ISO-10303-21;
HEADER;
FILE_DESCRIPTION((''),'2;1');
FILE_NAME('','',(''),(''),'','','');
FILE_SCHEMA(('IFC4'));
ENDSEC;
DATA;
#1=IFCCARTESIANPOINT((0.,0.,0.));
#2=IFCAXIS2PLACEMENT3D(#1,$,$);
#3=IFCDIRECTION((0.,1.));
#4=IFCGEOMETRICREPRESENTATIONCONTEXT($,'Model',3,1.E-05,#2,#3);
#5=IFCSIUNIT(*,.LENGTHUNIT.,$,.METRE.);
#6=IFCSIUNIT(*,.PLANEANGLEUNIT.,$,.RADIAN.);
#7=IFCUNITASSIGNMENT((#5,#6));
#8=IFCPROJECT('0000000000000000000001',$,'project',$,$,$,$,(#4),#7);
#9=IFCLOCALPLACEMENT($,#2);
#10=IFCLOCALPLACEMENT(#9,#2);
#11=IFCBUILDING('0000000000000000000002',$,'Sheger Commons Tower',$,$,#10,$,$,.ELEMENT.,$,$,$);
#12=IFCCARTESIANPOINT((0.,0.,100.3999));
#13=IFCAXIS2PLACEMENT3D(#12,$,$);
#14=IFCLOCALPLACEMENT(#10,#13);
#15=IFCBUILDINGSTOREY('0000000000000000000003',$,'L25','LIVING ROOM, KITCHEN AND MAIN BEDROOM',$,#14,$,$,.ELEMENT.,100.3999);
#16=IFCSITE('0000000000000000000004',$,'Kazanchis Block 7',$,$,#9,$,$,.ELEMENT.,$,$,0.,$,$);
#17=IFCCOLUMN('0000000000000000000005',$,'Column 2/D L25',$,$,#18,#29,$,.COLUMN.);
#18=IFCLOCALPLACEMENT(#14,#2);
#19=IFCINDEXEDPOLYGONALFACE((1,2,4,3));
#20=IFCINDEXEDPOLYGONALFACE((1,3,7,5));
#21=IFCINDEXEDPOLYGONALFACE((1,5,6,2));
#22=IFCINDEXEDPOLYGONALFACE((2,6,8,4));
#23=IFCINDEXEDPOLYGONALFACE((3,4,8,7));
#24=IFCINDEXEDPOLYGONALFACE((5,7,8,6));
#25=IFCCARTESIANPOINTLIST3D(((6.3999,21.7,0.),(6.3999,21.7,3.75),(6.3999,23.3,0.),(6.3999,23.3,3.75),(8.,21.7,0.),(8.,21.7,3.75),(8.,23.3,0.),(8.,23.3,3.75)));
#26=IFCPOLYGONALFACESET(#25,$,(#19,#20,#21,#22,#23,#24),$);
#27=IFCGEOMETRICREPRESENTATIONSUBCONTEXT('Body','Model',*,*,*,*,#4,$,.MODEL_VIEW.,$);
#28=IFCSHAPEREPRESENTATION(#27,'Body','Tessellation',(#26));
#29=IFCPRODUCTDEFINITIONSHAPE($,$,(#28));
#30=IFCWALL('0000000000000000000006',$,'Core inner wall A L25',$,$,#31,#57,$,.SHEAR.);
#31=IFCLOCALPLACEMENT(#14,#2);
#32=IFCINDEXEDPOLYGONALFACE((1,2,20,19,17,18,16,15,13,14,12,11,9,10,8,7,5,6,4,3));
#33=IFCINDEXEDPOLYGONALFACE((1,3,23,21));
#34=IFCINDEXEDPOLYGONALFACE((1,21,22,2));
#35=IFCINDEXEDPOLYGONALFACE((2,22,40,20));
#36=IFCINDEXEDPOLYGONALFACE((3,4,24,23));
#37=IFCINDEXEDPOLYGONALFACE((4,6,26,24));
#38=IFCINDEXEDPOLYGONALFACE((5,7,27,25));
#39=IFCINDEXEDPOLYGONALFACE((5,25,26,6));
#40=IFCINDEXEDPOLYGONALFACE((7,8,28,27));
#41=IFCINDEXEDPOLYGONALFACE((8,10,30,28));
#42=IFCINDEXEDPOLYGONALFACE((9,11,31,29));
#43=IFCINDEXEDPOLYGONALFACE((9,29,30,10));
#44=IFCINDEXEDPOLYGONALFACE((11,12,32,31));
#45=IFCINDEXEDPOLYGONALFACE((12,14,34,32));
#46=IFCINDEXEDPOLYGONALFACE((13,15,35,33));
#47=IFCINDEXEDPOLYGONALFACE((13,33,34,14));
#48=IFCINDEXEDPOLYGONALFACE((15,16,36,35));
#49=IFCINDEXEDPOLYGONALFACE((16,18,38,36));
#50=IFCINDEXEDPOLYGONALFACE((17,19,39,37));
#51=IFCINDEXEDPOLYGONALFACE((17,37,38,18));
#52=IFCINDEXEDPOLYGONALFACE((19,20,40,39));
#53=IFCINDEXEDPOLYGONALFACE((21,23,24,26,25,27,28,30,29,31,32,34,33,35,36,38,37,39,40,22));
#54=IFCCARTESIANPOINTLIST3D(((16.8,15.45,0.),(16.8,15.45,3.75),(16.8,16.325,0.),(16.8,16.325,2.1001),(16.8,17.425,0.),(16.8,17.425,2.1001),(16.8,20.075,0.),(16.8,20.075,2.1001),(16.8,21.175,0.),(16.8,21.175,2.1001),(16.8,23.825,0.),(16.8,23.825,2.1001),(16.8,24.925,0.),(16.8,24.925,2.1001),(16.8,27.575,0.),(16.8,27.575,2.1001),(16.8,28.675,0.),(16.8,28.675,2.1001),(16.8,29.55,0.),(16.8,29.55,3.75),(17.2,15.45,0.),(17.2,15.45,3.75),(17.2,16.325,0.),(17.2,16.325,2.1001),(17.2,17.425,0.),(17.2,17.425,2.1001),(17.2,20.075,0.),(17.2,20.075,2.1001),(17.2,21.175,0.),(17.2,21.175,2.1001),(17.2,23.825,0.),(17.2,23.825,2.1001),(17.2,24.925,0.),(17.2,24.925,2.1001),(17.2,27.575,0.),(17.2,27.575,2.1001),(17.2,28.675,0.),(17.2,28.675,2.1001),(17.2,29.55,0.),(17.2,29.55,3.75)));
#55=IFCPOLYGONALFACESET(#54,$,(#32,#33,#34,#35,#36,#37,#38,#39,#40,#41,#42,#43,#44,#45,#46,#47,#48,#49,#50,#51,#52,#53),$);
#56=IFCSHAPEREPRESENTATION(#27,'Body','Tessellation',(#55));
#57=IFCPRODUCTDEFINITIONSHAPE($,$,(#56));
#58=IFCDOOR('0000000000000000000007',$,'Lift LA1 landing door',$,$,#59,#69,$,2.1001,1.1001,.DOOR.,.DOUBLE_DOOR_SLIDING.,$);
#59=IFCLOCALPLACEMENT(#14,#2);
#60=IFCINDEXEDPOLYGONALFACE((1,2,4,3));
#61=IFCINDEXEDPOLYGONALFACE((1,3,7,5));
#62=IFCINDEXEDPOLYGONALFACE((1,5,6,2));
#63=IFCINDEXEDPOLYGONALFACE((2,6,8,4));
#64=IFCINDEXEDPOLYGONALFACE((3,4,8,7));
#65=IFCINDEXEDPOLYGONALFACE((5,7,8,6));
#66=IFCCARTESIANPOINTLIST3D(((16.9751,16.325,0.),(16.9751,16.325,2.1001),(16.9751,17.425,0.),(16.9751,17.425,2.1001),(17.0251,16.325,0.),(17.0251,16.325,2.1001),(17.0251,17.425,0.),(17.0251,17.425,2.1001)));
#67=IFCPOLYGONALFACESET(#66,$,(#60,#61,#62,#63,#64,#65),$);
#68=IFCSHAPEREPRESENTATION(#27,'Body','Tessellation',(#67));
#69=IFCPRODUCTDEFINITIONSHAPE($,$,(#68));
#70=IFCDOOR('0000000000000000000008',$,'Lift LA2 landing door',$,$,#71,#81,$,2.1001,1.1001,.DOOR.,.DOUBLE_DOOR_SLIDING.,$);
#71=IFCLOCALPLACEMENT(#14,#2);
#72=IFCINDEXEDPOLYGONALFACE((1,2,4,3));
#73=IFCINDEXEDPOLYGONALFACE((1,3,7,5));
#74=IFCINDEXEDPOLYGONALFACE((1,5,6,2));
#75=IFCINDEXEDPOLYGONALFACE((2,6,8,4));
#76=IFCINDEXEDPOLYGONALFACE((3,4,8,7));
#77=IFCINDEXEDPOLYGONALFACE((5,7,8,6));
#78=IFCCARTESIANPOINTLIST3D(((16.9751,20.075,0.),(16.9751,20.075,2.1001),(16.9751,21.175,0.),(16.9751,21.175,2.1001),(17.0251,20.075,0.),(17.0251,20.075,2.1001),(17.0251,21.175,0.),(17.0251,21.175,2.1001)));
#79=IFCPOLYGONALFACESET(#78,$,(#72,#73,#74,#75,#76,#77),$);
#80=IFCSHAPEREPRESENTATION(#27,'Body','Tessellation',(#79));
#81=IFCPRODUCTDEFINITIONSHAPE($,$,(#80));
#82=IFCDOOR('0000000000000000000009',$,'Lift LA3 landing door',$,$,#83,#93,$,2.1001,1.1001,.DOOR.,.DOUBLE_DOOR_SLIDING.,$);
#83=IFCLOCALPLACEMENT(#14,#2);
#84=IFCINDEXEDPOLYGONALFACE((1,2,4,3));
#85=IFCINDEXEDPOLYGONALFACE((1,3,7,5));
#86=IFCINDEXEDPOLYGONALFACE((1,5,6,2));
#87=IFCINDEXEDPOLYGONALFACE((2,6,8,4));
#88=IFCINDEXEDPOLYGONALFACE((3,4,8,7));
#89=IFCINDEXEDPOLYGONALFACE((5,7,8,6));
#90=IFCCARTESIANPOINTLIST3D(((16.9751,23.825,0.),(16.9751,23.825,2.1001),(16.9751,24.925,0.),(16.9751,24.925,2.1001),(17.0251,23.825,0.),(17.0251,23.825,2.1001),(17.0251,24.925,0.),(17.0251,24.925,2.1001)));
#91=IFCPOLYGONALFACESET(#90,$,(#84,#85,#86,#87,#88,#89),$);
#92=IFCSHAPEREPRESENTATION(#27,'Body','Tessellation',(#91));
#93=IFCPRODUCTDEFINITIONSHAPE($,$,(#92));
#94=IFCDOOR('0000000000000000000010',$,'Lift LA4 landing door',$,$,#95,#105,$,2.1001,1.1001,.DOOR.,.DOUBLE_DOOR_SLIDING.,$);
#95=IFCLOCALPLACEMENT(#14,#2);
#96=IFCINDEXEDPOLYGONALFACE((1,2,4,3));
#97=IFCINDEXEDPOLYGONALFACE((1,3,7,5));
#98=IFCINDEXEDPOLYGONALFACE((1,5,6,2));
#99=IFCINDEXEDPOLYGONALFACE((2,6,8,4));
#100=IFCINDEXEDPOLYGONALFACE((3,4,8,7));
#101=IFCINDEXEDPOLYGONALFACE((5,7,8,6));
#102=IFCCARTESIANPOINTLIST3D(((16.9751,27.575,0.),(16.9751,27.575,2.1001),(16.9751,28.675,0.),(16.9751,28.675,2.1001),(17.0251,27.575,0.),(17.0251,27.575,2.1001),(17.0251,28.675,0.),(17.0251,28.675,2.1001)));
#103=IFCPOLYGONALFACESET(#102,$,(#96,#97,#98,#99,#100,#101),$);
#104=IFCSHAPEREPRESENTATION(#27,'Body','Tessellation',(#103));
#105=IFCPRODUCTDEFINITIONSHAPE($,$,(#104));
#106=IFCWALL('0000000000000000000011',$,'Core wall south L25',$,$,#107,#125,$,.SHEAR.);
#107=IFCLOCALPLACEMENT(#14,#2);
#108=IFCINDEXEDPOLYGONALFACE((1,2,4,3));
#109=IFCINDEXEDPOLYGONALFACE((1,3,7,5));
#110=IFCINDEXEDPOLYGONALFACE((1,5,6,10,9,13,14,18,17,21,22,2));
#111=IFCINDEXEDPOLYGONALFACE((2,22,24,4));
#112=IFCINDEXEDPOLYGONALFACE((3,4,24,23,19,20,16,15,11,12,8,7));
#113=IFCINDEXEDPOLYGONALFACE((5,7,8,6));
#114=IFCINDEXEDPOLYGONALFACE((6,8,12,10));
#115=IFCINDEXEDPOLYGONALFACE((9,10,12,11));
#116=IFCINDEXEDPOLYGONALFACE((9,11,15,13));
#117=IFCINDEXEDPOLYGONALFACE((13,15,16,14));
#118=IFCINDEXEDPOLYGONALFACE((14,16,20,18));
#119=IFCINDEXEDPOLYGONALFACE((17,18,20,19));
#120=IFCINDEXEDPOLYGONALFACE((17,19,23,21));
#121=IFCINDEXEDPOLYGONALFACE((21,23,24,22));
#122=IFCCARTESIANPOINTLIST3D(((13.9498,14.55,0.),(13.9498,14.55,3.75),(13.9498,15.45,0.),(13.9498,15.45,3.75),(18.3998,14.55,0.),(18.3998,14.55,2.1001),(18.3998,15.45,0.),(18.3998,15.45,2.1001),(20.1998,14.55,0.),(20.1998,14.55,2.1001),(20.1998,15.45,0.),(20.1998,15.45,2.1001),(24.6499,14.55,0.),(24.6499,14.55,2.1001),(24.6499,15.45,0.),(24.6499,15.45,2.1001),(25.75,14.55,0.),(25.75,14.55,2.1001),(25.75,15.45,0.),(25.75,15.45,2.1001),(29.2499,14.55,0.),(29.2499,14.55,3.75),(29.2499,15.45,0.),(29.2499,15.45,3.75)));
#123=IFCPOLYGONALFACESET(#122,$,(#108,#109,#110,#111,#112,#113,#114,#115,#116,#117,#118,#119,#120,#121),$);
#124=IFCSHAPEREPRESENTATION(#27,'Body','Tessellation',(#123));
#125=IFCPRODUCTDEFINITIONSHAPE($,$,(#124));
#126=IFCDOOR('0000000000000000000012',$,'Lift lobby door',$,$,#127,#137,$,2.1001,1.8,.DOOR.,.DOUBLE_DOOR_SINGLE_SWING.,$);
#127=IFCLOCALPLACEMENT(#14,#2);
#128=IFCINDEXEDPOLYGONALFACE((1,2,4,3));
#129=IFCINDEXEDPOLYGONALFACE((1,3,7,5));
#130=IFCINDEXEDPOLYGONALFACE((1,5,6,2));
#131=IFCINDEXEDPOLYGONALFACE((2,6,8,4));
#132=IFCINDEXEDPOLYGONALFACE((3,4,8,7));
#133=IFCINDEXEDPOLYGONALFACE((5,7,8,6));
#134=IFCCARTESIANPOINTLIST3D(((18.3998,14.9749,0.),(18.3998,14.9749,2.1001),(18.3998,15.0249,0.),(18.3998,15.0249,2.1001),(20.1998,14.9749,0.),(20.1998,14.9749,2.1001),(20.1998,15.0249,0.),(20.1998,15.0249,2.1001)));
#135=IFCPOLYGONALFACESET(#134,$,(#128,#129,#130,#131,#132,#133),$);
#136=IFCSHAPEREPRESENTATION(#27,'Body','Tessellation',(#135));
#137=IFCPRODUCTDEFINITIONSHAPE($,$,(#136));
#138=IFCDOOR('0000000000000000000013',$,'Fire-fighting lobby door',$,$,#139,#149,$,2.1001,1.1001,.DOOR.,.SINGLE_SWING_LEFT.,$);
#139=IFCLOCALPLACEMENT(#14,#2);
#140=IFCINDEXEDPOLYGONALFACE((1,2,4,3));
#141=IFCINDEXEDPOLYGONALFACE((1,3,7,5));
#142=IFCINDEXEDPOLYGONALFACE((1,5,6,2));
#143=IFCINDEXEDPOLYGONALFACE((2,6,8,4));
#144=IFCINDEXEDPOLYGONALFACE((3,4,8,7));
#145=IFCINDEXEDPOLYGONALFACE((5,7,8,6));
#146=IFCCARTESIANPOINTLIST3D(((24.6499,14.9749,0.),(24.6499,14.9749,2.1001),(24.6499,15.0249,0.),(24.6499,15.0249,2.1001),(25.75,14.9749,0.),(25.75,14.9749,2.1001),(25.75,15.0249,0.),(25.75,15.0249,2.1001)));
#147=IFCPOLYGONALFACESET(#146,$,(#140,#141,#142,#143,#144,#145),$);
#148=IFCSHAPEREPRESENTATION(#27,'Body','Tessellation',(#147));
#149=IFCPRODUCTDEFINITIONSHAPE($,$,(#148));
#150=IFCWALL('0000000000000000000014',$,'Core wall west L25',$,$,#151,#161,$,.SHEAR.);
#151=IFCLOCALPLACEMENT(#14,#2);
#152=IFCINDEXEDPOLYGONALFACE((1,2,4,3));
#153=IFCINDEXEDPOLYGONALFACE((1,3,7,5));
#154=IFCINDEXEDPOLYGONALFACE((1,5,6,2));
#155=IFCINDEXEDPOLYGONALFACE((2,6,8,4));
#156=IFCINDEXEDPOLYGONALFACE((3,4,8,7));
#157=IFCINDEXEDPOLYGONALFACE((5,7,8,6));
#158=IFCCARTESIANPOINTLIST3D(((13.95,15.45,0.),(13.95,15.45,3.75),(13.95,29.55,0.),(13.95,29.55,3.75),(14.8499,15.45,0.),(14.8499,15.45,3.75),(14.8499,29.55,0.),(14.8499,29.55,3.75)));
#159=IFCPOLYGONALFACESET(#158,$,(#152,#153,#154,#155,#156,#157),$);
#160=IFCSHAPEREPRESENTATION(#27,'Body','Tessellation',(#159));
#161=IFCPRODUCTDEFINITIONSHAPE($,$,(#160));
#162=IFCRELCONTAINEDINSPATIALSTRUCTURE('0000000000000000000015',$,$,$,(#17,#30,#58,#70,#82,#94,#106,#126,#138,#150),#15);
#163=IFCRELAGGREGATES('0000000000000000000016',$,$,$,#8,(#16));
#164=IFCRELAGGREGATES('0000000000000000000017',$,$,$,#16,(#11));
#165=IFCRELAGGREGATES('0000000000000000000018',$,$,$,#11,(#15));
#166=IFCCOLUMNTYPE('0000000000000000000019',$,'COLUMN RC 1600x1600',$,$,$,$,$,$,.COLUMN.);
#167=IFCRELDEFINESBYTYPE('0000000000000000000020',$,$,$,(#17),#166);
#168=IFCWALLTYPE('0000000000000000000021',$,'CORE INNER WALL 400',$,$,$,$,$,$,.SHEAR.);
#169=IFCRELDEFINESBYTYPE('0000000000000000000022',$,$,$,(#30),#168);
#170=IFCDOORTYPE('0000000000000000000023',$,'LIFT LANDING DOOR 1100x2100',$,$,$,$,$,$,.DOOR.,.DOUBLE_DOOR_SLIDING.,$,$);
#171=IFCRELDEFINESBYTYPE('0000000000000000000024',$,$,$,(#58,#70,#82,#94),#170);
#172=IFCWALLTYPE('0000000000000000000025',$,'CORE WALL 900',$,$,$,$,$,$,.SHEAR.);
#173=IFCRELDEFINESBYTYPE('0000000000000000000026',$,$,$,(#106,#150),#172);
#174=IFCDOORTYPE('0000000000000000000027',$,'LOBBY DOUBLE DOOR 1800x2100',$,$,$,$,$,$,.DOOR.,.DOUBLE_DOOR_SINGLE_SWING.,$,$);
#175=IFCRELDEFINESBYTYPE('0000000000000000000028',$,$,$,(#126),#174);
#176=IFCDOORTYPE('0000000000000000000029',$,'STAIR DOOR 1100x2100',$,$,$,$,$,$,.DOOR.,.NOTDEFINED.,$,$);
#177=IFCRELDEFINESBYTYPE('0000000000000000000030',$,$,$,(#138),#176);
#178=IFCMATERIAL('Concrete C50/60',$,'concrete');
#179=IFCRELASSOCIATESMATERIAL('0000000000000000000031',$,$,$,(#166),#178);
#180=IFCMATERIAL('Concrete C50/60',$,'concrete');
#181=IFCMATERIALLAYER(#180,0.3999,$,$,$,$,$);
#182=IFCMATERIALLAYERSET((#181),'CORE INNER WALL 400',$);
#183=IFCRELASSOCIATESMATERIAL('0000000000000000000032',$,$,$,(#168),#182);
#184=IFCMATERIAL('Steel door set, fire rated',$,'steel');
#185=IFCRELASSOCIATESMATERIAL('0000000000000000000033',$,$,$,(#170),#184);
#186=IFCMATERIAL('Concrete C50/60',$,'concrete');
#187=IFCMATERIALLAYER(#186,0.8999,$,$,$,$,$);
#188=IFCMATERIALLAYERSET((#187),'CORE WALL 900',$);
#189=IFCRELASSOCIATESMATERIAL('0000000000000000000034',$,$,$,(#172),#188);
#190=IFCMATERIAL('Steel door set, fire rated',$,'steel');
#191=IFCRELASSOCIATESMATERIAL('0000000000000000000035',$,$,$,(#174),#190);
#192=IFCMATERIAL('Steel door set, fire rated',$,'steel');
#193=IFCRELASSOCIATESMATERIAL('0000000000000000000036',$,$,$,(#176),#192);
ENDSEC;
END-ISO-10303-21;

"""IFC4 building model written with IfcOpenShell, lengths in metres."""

from ifc_helpers import new_model, si_unit, direction, frame, frame_2d, origin, origin_2d, place, context, subcontext, project, spatial, rectangle, extrude, material, layer, layer_set, material_profile, profile_set, type_object, element, fill, save


model = new_model("IFC4")

# Units and contexts
model_context = context("Model", 3, precision=1e-05, world=origin(), true_north=direction((0.0, 1.0)))
body_context = subcontext(model_context, "Body", "Model", "MODEL_VIEW")
ifc_project = project(units=[si_unit("LENGTHUNIT", "METRE"), si_unit("PLANEANGLEUNIT", "RADIAN")], contexts=[model_context])

# Site, building, storey
site_placement = place(None, origin())
site = spatial("IfcSite", under=ifc_project, at=site_placement, Name="Kazanchis Block 7", CompositionType="ELEMENT", RefElevation=0.0)
building_placement = place(site_placement, origin())
building = spatial("IfcBuilding", under=site, at=building_placement, Name="Sheger Commons Tower", CompositionType="ELEMENT")
storey_placement = place(building_placement, frame((0.0, 0.0, 100.3999)))
storey = spatial("IfcBuildingStorey", under=building, at=storey_placement, Name="L25", Description="LIVING ROOM, KITCHEN AND MAIN BEDROOM", CompositionType="ELEMENT", Elevation=100.3999)

# Column
ifc_material_1 = material(Name="Concrete C50/60", Category="concrete")
ifc_material_profile = material_profile(ifc_material_1, rectangle(XDim=1.6001, YDim=1.6001, at=origin_2d()), Name="RC 1600x1600")
ifc_profile_set = profile_set([ifc_material_profile], Name="Concrete C50/60")
column_type = type_object("IfcColumnType", Name="COLUMN RC 1600x1600", PredefinedType="COLUMN", material=ifc_profile_set)
column_placement = place(storey_placement, frame((7.2, 22.5, 0.0), z_axis=(0.0, 0.0, 1.0), x_axis=(1.0, 0.0, 0.0)))
element("IfcColumn", 1, at=column_placement, inside=storey, type_object=column_type, Name="Column 2/D L25", PredefinedType="COLUMN", context=body_context, shape_type="SweptSolid", body=[
    extrude(rectangle(XDim=1.6001, YDim=1.6001, at=origin_2d()), origin(), (0.0, 0.0, 1.0), 3.75),
])

# Walls, openings, doors
ifc_material_2 = material(Name="Concrete C50/60", Category="concrete")
ifc_layer_1 = layer(ifc_material_2, 0.3999)
ifc_layer_set_1 = layer_set([ifc_layer_1], Name="CORE INNER WALL 400")
wall_type_1 = type_object("IfcWallType", Name="CORE INNER WALL 400", PredefinedType="SHEAR", material=ifc_layer_set_1)
wall_1_placement = place(storey_placement, frame((17.0, 15.45, 0.0), z_axis=(0.0, 0.0, 1.0), x_axis=(0.0, 1.0, 0.0)))
wall_1 = element("IfcWall", 2, at=wall_1_placement, inside=storey, type_object=wall_type_1, Name="Core inner wall A L25", PredefinedType="SHEAR", context=body_context, shape_type="SweptSolid", body=[
    extrude(rectangle(XDim=14.1001, YDim=0.3999, at=frame_2d((7.05, 0.0))), origin(), (0.0, 0.0, 1.0), 3.75),
])
opening_1_placement = place(wall_1_placement, frame((0.875, 0.0, 0.0)))
opening_1 = element("IfcOpeningElement", 3, at=opening_1_placement, cuts=wall_1, PredefinedType="OPENING", context=body_context, shape_type="SweptSolid", body=[
    extrude(rectangle(XDim=1.1001, YDim=2.1001, at=frame_2d((0.55, 1.05))), frame((0.0, 0.21, 0.0), z_axis=(0.0, -1.0, 0.0), x_axis=(1.0, 0.0, 0.0)), (0.0, 0.0, 1.0), 0.4199),
])
opening_2_placement = place(wall_1_placement, frame((4.625, 0.0, 0.0)))
opening_2 = element("IfcOpeningElement", 4, at=opening_2_placement, cuts=wall_1, PredefinedType="OPENING", context=body_context, shape_type="SweptSolid", body=[
    extrude(rectangle(XDim=1.1001, YDim=2.1001, at=frame_2d((0.55, 1.05))), frame((0.0, 0.21, 0.0), z_axis=(0.0, -1.0, 0.0), x_axis=(1.0, 0.0, 0.0)), (0.0, 0.0, 1.0), 0.4199),
])
opening_3_placement = place(wall_1_placement, frame((8.375, 0.0, 0.0)))
opening_3 = element("IfcOpeningElement", 5, at=opening_3_placement, cuts=wall_1, PredefinedType="OPENING", context=body_context, shape_type="SweptSolid", body=[
    extrude(rectangle(XDim=1.1001, YDim=2.1001, at=frame_2d((0.55, 1.05))), frame((0.0, 0.21, 0.0), z_axis=(0.0, -1.0, 0.0), x_axis=(1.0, 0.0, 0.0)), (0.0, 0.0, 1.0), 0.4199),
])
opening_4_placement = place(wall_1_placement, frame((12.125, 0.0, 0.0)))
opening_4 = element("IfcOpeningElement", 6, at=opening_4_placement, cuts=wall_1, PredefinedType="OPENING", context=body_context, shape_type="SweptSolid", body=[
    extrude(rectangle(XDim=1.1001, YDim=2.1001, at=frame_2d((0.55, 1.05))), frame((0.0, 0.21, 0.0), z_axis=(0.0, -1.0, 0.0), x_axis=(1.0, 0.0, 0.0)), (0.0, 0.0, 1.0), 0.4199),
])
ifc_material_3 = material(Name="Steel door set, fire rated", Category="steel")
door_type_1 = type_object("IfcDoorType", Name="LIFT LANDING DOOR 1100x2100", OperationType="DOUBLE_DOOR_SLIDING", PredefinedType="DOOR", material=ifc_material_3)
door_1_placement = place(opening_1_placement, origin())
door_1 = element("IfcDoor", 7, at=door_1_placement, inside=storey, type_object=door_type_1, Name="Lift LA1 landing door", OperationType="DOUBLE_DOOR_SLIDING", OverallHeight=2.1001, OverallWidth=1.1001, PredefinedType="DOOR", context=body_context, shape_type="SweptSolid", body=[
    extrude(rectangle(XDim=1.1001, YDim=2.1001, at=frame_2d((0.55, 1.05))), frame((0.0, 0.0249, 0.0), z_axis=(0.0, -1.0, 0.0), x_axis=(1.0, 0.0, 0.0)), (0.0, 0.0, 1.0), 0.05),
])
fill(opening_1, door_1)
door_2_placement = place(opening_2_placement, origin())
door_2 = element("IfcDoor", 8, at=door_2_placement, inside=storey, type_object=door_type_1, Name="Lift LA2 landing door", OperationType="DOUBLE_DOOR_SLIDING", OverallHeight=2.1001, OverallWidth=1.1001, PredefinedType="DOOR", context=body_context, shape_type="SweptSolid", body=[
    extrude(rectangle(XDim=1.1001, YDim=2.1001, at=frame_2d((0.55, 1.05))), frame((0.0, 0.0249, 0.0), z_axis=(0.0, -1.0, 0.0), x_axis=(1.0, 0.0, 0.0)), (0.0, 0.0, 1.0), 0.05),
])
fill(opening_2, door_2)
door_3_placement = place(opening_3_placement, origin())
door_3 = element("IfcDoor", 9, at=door_3_placement, inside=storey, type_object=door_type_1, Name="Lift LA3 landing door", OperationType="DOUBLE_DOOR_SLIDING", OverallHeight=2.1001, OverallWidth=1.1001, PredefinedType="DOOR", context=body_context, shape_type="SweptSolid", body=[
    extrude(rectangle(XDim=1.1001, YDim=2.1001, at=frame_2d((0.55, 1.05))), frame((0.0, 0.0249, 0.0), z_axis=(0.0, -1.0, 0.0), x_axis=(1.0, 0.0, 0.0)), (0.0, 0.0, 1.0), 0.05),
])
fill(opening_3, door_3)
door_4_placement = place(opening_4_placement, origin())
door_4 = element("IfcDoor", 10, at=door_4_placement, inside=storey, type_object=door_type_1, Name="Lift LA4 landing door", OperationType="DOUBLE_DOOR_SLIDING", OverallHeight=2.1001, OverallWidth=1.1001, PredefinedType="DOOR", context=body_context, shape_type="SweptSolid", body=[
    extrude(rectangle(XDim=1.1001, YDim=2.1001, at=frame_2d((0.55, 1.05))), frame((0.0, 0.0249, 0.0), z_axis=(0.0, -1.0, 0.0), x_axis=(1.0, 0.0, 0.0)), (0.0, 0.0, 1.0), 0.05),
])
fill(opening_4, door_4)
ifc_material_4 = material(Name="Concrete C50/60", Category="concrete")
ifc_layer_2 = layer(ifc_material_4, 0.8999)
ifc_layer_set_2 = layer_set([ifc_layer_2], Name="CORE WALL 900")
wall_type_2 = type_object("IfcWallType", Name="CORE WALL 900", PredefinedType="SHEAR", material=ifc_layer_set_2)
wall_2_placement = place(storey_placement, frame((13.95, 15.0, 0.0), z_axis=(0.0, 0.0, 1.0), x_axis=(1.0, 0.0, 0.0)))
wall_2 = element("IfcWall", 11, at=wall_2_placement, inside=storey, type_object=wall_type_2, Name="Core wall south L25", PredefinedType="SHEAR", context=body_context, shape_type="SweptSolid", body=[
    extrude(rectangle(XDim=15.3, YDim=0.8999, at=frame_2d((7.6499, 0.0))), origin(), (0.0, 0.0, 1.0), 3.75),
])
opening_5_placement = place(wall_2_placement, frame((4.45, 0.0, 0.0)))
opening_5 = element("IfcOpeningElement", 12, at=opening_5_placement, cuts=wall_2, PredefinedType="OPENING", context=body_context, shape_type="SweptSolid", body=[
    extrude(rectangle(XDim=1.8, YDim=2.1001, at=frame_2d((0.8999, 1.05))), frame((0.0, 0.46, 0.0), z_axis=(0.0, -1.0, 0.0), x_axis=(1.0, 0.0, 0.0)), (0.0, 0.0, 1.0), 0.9199),
])
opening_6_placement = place(wall_2_placement, frame((10.7, 0.0, 0.0)))
opening_6 = element("IfcOpeningElement", 13, at=opening_6_placement, cuts=wall_2, PredefinedType="OPENING", context=body_context, shape_type="SweptSolid", body=[
    extrude(rectangle(XDim=1.1001, YDim=2.1001, at=frame_2d((0.55, 1.05))), frame((0.0, 0.46, 0.0), z_axis=(0.0, -1.0, 0.0), x_axis=(1.0, 0.0, 0.0)), (0.0, 0.0, 1.0), 0.9199),
])
ifc_material_5 = material(Name="Steel door set, fire rated", Category="steel")
door_type_2 = type_object("IfcDoorType", Name="LOBBY DOUBLE DOOR 1800x2100", OperationType="DOUBLE_DOOR_SINGLE_SWING", PredefinedType="DOOR", material=ifc_material_5)
door_5_placement = place(opening_5_placement, origin())
door_5 = element("IfcDoor", 14, at=door_5_placement, inside=storey, type_object=door_type_2, Name="Lift lobby door", OperationType="DOUBLE_DOOR_SINGLE_SWING", OverallHeight=2.1001, OverallWidth=1.8, PredefinedType="DOOR", context=body_context, shape_type="SweptSolid", body=[
    extrude(rectangle(XDim=1.8, YDim=2.1001, at=frame_2d((0.8999, 1.05))), frame((0.0, 0.0249, 0.0), z_axis=(0.0, -1.0, 0.0), x_axis=(1.0, 0.0, 0.0)), (0.0, 0.0, 1.0), 0.05),
])
fill(opening_5, door_5)
ifc_material_6 = material(Name="Steel door set, fire rated", Category="steel")
door_type_3 = type_object("IfcDoorType", Name="STAIR DOOR 1100x2100", OperationType="NOTDEFINED", PredefinedType="DOOR", material=ifc_material_6)
door_6_placement = place(opening_6_placement, origin())
door_6 = element("IfcDoor", 15, at=door_6_placement, inside=storey, type_object=door_type_3, Name="Fire-fighting lobby door", OperationType="SINGLE_SWING_LEFT", OverallHeight=2.1001, OverallWidth=1.1001, PredefinedType="DOOR", context=body_context, shape_type="SweptSolid", body=[
    extrude(rectangle(XDim=1.1001, YDim=2.1001, at=frame_2d((0.55, 1.05))), frame((0.0, 0.0249, 0.0), z_axis=(0.0, -1.0, 0.0), x_axis=(1.0, 0.0, 0.0)), (0.0, 0.0, 1.0), 0.05),
])
fill(opening_6, door_6)

# Wall
wall_3_placement = place(storey_placement, frame((14.3999, 15.45, 0.0), z_axis=(0.0, 0.0, 1.0), x_axis=(0.0, 1.0, 0.0)))
element("IfcWall", 16, at=wall_3_placement, inside=storey, type_object=wall_type_2, Name="Core wall west L25", PredefinedType="SHEAR", context=body_context, shape_type="SweptSolid", body=[
    extrude(rectangle(XDim=14.1001, YDim=0.8999, at=frame_2d((7.05, 0.0))), origin(), (0.0, 0.0, 1.0), 3.75),
])

save(model, "model.ifc")
